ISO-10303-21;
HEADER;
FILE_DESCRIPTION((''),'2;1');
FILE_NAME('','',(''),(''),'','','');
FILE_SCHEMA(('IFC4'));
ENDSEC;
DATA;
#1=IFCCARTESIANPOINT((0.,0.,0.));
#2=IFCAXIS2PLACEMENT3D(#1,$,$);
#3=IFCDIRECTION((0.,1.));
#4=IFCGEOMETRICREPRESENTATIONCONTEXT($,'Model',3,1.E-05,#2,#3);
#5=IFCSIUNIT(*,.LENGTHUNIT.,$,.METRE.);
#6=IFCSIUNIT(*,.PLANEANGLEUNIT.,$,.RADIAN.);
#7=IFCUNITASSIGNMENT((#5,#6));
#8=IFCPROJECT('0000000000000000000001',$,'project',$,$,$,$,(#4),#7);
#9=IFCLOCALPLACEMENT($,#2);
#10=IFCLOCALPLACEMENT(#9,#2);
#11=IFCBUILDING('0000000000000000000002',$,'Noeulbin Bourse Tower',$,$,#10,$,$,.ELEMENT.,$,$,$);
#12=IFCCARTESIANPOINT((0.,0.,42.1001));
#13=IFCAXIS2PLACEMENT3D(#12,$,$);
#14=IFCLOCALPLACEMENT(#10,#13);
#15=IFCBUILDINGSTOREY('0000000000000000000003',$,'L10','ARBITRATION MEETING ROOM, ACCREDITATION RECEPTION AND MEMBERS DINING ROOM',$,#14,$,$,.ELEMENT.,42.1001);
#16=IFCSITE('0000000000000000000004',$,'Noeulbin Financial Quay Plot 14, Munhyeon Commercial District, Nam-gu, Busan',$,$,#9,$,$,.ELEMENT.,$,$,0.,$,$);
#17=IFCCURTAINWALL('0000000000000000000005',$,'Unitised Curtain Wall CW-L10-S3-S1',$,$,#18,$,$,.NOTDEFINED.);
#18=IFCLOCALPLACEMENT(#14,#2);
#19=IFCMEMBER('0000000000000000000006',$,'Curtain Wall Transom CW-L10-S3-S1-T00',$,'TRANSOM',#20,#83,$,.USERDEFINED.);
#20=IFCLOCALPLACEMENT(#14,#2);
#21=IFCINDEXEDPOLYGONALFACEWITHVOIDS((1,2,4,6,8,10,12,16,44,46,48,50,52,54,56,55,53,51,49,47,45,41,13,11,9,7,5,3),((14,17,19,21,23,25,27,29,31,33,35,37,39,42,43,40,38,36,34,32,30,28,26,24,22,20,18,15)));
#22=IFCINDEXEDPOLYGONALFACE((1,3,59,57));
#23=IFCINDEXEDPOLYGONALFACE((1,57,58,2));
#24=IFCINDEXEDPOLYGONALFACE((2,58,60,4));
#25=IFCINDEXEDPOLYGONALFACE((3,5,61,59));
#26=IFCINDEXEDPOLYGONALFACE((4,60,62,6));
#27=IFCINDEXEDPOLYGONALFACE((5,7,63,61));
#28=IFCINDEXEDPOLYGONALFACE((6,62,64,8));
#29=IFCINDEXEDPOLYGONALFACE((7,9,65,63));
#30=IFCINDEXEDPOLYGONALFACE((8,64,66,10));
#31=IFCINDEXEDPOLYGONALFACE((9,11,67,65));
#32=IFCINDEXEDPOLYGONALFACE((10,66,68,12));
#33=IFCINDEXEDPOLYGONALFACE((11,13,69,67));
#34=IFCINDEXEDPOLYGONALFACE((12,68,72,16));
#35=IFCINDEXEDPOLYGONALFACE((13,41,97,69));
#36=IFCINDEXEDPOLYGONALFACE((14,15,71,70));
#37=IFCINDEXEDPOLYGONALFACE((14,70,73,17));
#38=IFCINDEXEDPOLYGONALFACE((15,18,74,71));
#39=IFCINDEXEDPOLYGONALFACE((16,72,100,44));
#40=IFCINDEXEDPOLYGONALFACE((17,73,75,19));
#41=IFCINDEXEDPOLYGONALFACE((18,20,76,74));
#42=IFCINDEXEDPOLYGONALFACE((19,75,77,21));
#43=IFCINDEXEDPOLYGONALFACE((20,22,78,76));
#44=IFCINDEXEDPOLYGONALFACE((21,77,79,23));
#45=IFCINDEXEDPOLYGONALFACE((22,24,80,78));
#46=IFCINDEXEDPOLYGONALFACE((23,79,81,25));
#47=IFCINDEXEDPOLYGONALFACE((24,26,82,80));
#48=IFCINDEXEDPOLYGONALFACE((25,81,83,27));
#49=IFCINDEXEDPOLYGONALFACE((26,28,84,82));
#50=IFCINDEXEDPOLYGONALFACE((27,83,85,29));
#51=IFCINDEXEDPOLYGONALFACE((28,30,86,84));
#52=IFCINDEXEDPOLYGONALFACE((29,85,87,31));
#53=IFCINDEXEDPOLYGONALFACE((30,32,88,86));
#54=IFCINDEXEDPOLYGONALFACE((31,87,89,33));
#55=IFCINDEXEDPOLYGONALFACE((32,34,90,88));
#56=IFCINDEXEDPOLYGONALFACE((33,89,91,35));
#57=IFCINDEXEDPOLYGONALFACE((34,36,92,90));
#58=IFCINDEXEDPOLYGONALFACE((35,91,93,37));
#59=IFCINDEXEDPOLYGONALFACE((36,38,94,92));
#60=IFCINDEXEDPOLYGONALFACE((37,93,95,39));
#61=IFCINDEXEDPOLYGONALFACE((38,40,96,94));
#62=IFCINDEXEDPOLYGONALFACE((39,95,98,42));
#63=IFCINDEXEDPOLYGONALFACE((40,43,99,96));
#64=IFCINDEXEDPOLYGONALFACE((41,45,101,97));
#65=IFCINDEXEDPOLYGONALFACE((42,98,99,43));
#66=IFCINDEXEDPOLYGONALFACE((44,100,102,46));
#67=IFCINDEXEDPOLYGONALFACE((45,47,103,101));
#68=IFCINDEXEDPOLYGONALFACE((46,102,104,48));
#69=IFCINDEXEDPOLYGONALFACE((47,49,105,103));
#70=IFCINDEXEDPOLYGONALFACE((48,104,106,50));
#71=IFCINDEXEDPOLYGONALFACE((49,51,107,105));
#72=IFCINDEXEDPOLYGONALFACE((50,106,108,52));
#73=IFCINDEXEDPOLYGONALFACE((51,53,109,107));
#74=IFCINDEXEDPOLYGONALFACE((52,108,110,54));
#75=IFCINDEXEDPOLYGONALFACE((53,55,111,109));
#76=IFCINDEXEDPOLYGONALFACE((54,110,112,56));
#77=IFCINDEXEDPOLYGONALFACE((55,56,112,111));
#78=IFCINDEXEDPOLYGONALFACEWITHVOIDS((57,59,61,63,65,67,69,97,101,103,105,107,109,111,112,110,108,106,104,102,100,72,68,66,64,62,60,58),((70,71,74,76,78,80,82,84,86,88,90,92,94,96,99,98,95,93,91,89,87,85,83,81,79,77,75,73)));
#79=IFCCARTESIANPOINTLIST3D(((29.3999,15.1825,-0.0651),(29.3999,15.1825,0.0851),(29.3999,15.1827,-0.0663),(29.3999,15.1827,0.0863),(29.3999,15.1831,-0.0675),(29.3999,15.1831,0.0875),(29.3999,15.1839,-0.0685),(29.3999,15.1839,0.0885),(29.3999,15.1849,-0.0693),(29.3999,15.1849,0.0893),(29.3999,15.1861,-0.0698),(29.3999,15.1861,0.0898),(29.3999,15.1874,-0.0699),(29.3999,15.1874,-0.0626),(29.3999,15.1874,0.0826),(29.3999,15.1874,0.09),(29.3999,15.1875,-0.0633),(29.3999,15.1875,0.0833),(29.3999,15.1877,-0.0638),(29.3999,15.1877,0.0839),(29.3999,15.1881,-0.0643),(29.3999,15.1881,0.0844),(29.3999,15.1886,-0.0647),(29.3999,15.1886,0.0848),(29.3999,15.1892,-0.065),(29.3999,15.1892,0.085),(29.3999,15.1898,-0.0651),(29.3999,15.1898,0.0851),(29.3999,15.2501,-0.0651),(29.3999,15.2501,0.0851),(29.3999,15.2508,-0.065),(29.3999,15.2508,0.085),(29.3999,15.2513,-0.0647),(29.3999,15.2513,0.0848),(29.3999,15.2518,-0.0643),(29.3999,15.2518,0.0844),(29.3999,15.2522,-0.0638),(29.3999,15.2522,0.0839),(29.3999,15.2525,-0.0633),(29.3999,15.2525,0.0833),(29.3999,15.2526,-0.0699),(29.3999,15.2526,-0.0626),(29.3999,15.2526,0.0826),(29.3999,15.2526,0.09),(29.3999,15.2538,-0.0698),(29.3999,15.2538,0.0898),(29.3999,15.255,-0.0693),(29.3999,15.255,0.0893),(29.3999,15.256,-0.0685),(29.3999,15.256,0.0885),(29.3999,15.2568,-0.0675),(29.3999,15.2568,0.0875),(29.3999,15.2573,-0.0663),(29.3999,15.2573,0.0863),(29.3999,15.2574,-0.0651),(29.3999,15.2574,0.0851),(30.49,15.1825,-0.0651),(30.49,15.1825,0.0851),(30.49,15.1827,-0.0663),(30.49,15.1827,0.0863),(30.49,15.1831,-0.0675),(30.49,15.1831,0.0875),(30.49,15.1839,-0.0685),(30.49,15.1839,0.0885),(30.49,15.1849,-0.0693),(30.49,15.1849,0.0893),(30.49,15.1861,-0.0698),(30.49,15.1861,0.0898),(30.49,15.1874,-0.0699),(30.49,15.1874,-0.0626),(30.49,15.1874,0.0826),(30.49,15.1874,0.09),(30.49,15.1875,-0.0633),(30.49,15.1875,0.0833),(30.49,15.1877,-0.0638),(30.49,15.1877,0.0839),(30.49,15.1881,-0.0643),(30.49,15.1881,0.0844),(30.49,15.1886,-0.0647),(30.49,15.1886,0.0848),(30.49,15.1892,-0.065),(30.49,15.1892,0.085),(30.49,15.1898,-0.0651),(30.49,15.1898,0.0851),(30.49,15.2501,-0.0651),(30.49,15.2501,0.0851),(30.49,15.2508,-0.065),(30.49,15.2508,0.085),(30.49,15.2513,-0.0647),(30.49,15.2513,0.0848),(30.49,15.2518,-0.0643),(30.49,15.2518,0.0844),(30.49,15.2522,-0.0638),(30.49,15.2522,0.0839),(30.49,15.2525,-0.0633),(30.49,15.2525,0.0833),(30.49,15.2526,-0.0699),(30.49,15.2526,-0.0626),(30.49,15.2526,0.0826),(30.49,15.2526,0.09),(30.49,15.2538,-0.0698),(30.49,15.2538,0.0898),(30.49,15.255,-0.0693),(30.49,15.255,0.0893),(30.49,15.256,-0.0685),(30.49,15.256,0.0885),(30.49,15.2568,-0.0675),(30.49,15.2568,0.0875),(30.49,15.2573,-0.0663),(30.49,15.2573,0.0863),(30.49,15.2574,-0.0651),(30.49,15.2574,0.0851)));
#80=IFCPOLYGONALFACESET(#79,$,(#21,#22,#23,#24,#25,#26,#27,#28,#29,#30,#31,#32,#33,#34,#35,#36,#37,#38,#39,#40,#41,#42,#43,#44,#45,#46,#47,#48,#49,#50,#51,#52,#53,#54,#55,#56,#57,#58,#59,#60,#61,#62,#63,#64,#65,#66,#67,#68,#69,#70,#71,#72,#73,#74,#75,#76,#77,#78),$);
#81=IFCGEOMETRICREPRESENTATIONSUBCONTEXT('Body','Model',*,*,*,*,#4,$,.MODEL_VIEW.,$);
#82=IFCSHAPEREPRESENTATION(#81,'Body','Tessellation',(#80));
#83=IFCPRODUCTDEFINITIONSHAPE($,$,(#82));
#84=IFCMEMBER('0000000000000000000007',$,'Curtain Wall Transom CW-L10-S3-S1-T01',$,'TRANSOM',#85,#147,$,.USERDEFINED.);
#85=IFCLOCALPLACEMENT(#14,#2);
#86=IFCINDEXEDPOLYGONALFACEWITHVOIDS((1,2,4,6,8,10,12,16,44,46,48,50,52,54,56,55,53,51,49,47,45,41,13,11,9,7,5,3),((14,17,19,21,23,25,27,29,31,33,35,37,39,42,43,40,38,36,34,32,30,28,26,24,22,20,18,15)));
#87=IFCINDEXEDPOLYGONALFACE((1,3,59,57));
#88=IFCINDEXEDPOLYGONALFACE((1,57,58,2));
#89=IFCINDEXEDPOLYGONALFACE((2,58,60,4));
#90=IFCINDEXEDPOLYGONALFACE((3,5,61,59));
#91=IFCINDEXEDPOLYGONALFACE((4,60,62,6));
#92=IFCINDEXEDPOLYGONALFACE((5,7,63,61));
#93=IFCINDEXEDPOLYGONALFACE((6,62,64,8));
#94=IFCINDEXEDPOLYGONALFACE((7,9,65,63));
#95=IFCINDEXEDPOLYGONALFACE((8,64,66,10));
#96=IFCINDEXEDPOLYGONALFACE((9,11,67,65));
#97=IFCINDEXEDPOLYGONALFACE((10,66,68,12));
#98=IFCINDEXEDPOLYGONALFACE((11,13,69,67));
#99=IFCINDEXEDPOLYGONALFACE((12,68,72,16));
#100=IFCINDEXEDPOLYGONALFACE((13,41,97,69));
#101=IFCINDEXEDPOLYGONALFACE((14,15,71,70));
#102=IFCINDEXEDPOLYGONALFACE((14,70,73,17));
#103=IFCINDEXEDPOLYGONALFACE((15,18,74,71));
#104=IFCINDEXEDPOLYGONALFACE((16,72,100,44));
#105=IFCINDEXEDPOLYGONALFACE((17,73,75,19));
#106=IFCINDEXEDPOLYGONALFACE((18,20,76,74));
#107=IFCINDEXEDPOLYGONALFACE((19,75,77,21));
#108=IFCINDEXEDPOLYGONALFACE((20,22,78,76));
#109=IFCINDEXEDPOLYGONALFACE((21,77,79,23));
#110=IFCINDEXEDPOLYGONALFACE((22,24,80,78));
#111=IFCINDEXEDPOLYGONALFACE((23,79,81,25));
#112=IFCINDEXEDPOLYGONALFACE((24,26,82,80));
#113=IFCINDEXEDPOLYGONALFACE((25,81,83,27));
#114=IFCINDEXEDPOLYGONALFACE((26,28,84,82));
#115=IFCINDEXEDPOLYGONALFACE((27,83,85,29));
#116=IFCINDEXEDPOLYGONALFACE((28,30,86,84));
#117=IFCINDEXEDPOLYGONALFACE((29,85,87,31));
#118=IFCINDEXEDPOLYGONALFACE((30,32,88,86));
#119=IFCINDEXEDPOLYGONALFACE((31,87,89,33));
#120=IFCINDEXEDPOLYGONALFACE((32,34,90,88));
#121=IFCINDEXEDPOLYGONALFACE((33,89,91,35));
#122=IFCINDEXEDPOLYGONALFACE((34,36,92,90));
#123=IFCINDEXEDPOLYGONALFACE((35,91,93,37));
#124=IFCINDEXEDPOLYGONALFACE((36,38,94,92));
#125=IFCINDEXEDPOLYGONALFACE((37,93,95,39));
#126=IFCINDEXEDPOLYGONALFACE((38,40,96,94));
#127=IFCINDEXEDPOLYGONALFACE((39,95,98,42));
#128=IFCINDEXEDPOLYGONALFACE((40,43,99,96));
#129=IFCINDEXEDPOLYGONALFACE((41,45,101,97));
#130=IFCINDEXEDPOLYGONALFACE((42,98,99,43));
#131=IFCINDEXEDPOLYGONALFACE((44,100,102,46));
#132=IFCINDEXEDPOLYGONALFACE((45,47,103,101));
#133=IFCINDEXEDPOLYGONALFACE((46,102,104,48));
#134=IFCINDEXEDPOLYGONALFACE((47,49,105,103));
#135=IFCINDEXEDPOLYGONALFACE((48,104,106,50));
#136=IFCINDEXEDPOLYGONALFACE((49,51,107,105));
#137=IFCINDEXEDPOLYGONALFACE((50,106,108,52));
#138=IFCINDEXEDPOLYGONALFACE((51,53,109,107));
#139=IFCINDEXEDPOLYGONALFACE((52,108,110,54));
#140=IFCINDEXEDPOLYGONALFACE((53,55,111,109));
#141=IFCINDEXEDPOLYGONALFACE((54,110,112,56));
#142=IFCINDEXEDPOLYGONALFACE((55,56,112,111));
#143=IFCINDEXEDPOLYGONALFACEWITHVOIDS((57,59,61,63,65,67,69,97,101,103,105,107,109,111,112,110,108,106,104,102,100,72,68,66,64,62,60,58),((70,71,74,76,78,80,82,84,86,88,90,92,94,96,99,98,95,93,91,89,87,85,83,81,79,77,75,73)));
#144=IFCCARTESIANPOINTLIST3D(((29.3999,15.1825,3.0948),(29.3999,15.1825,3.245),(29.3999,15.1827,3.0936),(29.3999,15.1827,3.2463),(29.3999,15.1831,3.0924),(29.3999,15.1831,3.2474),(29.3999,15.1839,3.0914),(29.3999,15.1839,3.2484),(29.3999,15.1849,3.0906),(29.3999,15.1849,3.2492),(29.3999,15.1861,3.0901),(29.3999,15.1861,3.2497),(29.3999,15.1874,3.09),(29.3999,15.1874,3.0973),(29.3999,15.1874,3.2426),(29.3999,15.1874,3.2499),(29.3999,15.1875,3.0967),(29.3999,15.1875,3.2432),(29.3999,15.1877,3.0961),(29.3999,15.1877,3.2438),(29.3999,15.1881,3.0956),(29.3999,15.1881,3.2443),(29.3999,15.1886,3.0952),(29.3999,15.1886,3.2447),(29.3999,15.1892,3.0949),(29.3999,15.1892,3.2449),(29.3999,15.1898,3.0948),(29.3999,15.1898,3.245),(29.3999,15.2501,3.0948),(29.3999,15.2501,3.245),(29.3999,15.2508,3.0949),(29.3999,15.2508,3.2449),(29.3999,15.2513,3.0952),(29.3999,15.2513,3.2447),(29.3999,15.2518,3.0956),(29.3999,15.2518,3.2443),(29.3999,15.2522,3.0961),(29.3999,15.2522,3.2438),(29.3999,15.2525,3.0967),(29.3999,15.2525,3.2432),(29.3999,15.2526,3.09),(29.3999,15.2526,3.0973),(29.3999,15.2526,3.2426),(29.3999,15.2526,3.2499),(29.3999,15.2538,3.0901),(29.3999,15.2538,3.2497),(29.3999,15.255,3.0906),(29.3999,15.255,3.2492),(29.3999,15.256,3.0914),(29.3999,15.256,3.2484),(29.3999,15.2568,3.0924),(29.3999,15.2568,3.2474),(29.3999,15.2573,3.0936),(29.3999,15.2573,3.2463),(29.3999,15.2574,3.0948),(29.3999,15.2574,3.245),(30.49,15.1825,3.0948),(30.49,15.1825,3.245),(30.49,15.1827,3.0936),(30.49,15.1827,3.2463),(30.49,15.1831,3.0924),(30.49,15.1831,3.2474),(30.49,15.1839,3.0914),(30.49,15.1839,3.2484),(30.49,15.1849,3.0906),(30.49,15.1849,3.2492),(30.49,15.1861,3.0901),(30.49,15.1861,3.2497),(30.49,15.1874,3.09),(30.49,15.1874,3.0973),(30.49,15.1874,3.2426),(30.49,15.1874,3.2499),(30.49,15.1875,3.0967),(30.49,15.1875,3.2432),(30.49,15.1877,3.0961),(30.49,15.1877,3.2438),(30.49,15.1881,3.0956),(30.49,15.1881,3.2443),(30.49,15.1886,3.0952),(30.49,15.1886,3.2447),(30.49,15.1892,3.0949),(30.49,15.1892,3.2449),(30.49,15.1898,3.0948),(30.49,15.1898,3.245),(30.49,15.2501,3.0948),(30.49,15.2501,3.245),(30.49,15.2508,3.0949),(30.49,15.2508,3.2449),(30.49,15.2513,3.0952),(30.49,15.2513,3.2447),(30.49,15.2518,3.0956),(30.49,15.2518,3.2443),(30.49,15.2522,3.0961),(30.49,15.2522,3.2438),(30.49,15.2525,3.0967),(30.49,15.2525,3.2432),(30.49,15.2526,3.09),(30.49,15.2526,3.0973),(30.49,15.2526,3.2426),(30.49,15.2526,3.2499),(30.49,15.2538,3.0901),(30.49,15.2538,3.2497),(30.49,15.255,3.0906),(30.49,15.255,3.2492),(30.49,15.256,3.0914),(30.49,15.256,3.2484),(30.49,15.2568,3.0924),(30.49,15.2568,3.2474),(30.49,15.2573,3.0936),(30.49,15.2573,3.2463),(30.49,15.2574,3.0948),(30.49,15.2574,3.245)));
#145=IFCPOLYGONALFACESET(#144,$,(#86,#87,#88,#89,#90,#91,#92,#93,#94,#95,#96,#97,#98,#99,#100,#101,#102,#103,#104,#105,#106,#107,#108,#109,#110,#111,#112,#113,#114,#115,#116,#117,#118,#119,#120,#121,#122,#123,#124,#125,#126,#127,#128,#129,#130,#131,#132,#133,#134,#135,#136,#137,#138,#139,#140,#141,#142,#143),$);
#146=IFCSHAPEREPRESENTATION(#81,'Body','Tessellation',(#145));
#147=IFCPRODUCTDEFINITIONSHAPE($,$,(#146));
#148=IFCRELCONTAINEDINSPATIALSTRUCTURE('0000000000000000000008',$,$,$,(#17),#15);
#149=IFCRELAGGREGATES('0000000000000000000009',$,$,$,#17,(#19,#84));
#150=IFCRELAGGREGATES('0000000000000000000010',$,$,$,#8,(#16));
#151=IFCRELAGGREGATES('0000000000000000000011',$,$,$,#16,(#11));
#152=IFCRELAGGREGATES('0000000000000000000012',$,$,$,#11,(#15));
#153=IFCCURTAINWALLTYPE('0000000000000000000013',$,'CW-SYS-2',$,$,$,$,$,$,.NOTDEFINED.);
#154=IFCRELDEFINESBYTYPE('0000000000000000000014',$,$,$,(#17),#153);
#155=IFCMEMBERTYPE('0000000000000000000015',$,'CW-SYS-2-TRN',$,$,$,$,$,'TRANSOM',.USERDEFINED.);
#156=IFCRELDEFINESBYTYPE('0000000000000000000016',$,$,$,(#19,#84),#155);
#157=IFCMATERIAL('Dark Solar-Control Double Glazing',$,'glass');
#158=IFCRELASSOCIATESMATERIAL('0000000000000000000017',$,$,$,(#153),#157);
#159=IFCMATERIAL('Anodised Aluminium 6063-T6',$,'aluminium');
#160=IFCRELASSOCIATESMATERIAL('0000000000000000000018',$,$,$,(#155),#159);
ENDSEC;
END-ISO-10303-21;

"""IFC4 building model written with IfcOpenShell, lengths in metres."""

from ifc_helpers import new_model, si_unit, direction, frame, origin, origin_2d, place, context, subcontext, project, spatial, hollow_rectangle, extrude, material, material_profile, profile_set, type_object, element, aggregate, save


model = new_model("IFC4")

# Units and contexts
model_context = context("Model", 3, precision=1e-05, world=origin(), true_north=direction((0.0, 1.0)))
body_context = subcontext(model_context, "Body", "Model", "MODEL_VIEW")
ifc_project = project(units=[si_unit("LENGTHUNIT", "METRE"), si_unit("PLANEANGLEUNIT", "RADIAN")], contexts=[model_context])

# Site, building, storey
site_placement = place(None, origin())
site = spatial("IfcSite", under=ifc_project, at=site_placement, Name="Noeulbin Financial Quay Plot 14, Munhyeon Commercial District, Nam-gu, Busan", CompositionType="ELEMENT", RefElevation=0.0)
building_placement = place(site_placement, origin())
building = spatial("IfcBuilding", under=site, at=building_placement, Name="Noeulbin Bourse Tower", CompositionType="ELEMENT")
storey_placement = place(building_placement, frame((0.0, 0.0, 42.1001)))
storey = spatial("IfcBuildingStorey", under=building, at=storey_placement, Name="L10", Description="ARBITRATION MEETING ROOM, ACCREDITATION RECEPTION AND MEMBERS DINING ROOM", CompositionType="ELEMENT", Elevation=42.1001)

# Curtain wall
ifc_material_1 = material(Name="Dark Solar-Control Double Glazing", Category="glass")
curtain_wall_type = type_object("IfcCurtainWallType", Name="CW-SYS-2", PredefinedType="NOTDEFINED", material=ifc_material_1)
curtain_wall_1_placement = place(storey_placement, origin())
curtain_wall_1 = element("IfcCurtainWall", 1, at=curtain_wall_1_placement, inside=storey, type_object=curtain_wall_type, Name="Unitised Curtain Wall CW-L10-S3-S1", PredefinedType="NOTDEFINED")
ifc_material_2 = material(Name="Anodised Aluminium 6063-T6", Category="aluminium")

# Members
ifc_material_profile_1 = material_profile(ifc_material_2, hollow_rectangle(XDim=0.075, YDim=0.1599, WallThickness=0.0049, InnerFilletRadius=0.0024, OuterFilletRadius=0.0049, at=origin_2d()), Name="ALU-TRAN-75x160x5", Category="LoadBearing")
ifc_profile_set_1 = profile_set([ifc_material_profile_1], Name="Anodised Aluminium 6063-T6")
member_type_1 = type_object("IfcMemberType", Name="CW-SYS-2-TRN", ElementType="TRANSOM", PredefinedType="USERDEFINED", material=ifc_profile_set_1)
member_1_placement = place(storey_placement, frame((29.3999, 15.22, 0.01), z_axis=(1.0, 0.0, 0.0), x_axis=(0.0, 1.0, 0.0)))
member_1 = element("IfcMember", 2, at=member_1_placement, type_object=member_type_1, Name="Curtain Wall Transom CW-L10-S3-S1-T00", ObjectType="TRANSOM", PredefinedType="USERDEFINED", context=body_context, shape_type="SweptSolid", body=[
    extrude(hollow_rectangle(XDim=0.075, YDim=0.1599, WallThickness=0.0049, InnerFilletRadius=0.0024, OuterFilletRadius=0.0049, at=origin_2d()), origin(), (0.0, 0.0, 1.0), 1.0901),
])
member_2_placement = place(storey_placement, frame((29.3999, 15.22, 3.1699), z_axis=(1.0, 0.0, 0.0), x_axis=(0.0, 1.0, 0.0)))
member_2 = element("IfcMember", 3, at=member_2_placement, type_object=member_type_1, Name="Curtain Wall Transom CW-L10-S3-S1-T01", ObjectType="TRANSOM", PredefinedType="USERDEFINED", context=body_context, shape_type="SweptSolid", body=[
    extrude(hollow_rectangle(XDim=0.075, YDim=0.1599, WallThickness=0.0049, InnerFilletRadius=0.0024, OuterFilletRadius=0.0049, at=origin_2d()), origin(), (0.0, 0.0, 1.0), 1.0901),
])

aggregate(curtain_wall_1, [member_1, member_2])

save(model, "model.ifc")
